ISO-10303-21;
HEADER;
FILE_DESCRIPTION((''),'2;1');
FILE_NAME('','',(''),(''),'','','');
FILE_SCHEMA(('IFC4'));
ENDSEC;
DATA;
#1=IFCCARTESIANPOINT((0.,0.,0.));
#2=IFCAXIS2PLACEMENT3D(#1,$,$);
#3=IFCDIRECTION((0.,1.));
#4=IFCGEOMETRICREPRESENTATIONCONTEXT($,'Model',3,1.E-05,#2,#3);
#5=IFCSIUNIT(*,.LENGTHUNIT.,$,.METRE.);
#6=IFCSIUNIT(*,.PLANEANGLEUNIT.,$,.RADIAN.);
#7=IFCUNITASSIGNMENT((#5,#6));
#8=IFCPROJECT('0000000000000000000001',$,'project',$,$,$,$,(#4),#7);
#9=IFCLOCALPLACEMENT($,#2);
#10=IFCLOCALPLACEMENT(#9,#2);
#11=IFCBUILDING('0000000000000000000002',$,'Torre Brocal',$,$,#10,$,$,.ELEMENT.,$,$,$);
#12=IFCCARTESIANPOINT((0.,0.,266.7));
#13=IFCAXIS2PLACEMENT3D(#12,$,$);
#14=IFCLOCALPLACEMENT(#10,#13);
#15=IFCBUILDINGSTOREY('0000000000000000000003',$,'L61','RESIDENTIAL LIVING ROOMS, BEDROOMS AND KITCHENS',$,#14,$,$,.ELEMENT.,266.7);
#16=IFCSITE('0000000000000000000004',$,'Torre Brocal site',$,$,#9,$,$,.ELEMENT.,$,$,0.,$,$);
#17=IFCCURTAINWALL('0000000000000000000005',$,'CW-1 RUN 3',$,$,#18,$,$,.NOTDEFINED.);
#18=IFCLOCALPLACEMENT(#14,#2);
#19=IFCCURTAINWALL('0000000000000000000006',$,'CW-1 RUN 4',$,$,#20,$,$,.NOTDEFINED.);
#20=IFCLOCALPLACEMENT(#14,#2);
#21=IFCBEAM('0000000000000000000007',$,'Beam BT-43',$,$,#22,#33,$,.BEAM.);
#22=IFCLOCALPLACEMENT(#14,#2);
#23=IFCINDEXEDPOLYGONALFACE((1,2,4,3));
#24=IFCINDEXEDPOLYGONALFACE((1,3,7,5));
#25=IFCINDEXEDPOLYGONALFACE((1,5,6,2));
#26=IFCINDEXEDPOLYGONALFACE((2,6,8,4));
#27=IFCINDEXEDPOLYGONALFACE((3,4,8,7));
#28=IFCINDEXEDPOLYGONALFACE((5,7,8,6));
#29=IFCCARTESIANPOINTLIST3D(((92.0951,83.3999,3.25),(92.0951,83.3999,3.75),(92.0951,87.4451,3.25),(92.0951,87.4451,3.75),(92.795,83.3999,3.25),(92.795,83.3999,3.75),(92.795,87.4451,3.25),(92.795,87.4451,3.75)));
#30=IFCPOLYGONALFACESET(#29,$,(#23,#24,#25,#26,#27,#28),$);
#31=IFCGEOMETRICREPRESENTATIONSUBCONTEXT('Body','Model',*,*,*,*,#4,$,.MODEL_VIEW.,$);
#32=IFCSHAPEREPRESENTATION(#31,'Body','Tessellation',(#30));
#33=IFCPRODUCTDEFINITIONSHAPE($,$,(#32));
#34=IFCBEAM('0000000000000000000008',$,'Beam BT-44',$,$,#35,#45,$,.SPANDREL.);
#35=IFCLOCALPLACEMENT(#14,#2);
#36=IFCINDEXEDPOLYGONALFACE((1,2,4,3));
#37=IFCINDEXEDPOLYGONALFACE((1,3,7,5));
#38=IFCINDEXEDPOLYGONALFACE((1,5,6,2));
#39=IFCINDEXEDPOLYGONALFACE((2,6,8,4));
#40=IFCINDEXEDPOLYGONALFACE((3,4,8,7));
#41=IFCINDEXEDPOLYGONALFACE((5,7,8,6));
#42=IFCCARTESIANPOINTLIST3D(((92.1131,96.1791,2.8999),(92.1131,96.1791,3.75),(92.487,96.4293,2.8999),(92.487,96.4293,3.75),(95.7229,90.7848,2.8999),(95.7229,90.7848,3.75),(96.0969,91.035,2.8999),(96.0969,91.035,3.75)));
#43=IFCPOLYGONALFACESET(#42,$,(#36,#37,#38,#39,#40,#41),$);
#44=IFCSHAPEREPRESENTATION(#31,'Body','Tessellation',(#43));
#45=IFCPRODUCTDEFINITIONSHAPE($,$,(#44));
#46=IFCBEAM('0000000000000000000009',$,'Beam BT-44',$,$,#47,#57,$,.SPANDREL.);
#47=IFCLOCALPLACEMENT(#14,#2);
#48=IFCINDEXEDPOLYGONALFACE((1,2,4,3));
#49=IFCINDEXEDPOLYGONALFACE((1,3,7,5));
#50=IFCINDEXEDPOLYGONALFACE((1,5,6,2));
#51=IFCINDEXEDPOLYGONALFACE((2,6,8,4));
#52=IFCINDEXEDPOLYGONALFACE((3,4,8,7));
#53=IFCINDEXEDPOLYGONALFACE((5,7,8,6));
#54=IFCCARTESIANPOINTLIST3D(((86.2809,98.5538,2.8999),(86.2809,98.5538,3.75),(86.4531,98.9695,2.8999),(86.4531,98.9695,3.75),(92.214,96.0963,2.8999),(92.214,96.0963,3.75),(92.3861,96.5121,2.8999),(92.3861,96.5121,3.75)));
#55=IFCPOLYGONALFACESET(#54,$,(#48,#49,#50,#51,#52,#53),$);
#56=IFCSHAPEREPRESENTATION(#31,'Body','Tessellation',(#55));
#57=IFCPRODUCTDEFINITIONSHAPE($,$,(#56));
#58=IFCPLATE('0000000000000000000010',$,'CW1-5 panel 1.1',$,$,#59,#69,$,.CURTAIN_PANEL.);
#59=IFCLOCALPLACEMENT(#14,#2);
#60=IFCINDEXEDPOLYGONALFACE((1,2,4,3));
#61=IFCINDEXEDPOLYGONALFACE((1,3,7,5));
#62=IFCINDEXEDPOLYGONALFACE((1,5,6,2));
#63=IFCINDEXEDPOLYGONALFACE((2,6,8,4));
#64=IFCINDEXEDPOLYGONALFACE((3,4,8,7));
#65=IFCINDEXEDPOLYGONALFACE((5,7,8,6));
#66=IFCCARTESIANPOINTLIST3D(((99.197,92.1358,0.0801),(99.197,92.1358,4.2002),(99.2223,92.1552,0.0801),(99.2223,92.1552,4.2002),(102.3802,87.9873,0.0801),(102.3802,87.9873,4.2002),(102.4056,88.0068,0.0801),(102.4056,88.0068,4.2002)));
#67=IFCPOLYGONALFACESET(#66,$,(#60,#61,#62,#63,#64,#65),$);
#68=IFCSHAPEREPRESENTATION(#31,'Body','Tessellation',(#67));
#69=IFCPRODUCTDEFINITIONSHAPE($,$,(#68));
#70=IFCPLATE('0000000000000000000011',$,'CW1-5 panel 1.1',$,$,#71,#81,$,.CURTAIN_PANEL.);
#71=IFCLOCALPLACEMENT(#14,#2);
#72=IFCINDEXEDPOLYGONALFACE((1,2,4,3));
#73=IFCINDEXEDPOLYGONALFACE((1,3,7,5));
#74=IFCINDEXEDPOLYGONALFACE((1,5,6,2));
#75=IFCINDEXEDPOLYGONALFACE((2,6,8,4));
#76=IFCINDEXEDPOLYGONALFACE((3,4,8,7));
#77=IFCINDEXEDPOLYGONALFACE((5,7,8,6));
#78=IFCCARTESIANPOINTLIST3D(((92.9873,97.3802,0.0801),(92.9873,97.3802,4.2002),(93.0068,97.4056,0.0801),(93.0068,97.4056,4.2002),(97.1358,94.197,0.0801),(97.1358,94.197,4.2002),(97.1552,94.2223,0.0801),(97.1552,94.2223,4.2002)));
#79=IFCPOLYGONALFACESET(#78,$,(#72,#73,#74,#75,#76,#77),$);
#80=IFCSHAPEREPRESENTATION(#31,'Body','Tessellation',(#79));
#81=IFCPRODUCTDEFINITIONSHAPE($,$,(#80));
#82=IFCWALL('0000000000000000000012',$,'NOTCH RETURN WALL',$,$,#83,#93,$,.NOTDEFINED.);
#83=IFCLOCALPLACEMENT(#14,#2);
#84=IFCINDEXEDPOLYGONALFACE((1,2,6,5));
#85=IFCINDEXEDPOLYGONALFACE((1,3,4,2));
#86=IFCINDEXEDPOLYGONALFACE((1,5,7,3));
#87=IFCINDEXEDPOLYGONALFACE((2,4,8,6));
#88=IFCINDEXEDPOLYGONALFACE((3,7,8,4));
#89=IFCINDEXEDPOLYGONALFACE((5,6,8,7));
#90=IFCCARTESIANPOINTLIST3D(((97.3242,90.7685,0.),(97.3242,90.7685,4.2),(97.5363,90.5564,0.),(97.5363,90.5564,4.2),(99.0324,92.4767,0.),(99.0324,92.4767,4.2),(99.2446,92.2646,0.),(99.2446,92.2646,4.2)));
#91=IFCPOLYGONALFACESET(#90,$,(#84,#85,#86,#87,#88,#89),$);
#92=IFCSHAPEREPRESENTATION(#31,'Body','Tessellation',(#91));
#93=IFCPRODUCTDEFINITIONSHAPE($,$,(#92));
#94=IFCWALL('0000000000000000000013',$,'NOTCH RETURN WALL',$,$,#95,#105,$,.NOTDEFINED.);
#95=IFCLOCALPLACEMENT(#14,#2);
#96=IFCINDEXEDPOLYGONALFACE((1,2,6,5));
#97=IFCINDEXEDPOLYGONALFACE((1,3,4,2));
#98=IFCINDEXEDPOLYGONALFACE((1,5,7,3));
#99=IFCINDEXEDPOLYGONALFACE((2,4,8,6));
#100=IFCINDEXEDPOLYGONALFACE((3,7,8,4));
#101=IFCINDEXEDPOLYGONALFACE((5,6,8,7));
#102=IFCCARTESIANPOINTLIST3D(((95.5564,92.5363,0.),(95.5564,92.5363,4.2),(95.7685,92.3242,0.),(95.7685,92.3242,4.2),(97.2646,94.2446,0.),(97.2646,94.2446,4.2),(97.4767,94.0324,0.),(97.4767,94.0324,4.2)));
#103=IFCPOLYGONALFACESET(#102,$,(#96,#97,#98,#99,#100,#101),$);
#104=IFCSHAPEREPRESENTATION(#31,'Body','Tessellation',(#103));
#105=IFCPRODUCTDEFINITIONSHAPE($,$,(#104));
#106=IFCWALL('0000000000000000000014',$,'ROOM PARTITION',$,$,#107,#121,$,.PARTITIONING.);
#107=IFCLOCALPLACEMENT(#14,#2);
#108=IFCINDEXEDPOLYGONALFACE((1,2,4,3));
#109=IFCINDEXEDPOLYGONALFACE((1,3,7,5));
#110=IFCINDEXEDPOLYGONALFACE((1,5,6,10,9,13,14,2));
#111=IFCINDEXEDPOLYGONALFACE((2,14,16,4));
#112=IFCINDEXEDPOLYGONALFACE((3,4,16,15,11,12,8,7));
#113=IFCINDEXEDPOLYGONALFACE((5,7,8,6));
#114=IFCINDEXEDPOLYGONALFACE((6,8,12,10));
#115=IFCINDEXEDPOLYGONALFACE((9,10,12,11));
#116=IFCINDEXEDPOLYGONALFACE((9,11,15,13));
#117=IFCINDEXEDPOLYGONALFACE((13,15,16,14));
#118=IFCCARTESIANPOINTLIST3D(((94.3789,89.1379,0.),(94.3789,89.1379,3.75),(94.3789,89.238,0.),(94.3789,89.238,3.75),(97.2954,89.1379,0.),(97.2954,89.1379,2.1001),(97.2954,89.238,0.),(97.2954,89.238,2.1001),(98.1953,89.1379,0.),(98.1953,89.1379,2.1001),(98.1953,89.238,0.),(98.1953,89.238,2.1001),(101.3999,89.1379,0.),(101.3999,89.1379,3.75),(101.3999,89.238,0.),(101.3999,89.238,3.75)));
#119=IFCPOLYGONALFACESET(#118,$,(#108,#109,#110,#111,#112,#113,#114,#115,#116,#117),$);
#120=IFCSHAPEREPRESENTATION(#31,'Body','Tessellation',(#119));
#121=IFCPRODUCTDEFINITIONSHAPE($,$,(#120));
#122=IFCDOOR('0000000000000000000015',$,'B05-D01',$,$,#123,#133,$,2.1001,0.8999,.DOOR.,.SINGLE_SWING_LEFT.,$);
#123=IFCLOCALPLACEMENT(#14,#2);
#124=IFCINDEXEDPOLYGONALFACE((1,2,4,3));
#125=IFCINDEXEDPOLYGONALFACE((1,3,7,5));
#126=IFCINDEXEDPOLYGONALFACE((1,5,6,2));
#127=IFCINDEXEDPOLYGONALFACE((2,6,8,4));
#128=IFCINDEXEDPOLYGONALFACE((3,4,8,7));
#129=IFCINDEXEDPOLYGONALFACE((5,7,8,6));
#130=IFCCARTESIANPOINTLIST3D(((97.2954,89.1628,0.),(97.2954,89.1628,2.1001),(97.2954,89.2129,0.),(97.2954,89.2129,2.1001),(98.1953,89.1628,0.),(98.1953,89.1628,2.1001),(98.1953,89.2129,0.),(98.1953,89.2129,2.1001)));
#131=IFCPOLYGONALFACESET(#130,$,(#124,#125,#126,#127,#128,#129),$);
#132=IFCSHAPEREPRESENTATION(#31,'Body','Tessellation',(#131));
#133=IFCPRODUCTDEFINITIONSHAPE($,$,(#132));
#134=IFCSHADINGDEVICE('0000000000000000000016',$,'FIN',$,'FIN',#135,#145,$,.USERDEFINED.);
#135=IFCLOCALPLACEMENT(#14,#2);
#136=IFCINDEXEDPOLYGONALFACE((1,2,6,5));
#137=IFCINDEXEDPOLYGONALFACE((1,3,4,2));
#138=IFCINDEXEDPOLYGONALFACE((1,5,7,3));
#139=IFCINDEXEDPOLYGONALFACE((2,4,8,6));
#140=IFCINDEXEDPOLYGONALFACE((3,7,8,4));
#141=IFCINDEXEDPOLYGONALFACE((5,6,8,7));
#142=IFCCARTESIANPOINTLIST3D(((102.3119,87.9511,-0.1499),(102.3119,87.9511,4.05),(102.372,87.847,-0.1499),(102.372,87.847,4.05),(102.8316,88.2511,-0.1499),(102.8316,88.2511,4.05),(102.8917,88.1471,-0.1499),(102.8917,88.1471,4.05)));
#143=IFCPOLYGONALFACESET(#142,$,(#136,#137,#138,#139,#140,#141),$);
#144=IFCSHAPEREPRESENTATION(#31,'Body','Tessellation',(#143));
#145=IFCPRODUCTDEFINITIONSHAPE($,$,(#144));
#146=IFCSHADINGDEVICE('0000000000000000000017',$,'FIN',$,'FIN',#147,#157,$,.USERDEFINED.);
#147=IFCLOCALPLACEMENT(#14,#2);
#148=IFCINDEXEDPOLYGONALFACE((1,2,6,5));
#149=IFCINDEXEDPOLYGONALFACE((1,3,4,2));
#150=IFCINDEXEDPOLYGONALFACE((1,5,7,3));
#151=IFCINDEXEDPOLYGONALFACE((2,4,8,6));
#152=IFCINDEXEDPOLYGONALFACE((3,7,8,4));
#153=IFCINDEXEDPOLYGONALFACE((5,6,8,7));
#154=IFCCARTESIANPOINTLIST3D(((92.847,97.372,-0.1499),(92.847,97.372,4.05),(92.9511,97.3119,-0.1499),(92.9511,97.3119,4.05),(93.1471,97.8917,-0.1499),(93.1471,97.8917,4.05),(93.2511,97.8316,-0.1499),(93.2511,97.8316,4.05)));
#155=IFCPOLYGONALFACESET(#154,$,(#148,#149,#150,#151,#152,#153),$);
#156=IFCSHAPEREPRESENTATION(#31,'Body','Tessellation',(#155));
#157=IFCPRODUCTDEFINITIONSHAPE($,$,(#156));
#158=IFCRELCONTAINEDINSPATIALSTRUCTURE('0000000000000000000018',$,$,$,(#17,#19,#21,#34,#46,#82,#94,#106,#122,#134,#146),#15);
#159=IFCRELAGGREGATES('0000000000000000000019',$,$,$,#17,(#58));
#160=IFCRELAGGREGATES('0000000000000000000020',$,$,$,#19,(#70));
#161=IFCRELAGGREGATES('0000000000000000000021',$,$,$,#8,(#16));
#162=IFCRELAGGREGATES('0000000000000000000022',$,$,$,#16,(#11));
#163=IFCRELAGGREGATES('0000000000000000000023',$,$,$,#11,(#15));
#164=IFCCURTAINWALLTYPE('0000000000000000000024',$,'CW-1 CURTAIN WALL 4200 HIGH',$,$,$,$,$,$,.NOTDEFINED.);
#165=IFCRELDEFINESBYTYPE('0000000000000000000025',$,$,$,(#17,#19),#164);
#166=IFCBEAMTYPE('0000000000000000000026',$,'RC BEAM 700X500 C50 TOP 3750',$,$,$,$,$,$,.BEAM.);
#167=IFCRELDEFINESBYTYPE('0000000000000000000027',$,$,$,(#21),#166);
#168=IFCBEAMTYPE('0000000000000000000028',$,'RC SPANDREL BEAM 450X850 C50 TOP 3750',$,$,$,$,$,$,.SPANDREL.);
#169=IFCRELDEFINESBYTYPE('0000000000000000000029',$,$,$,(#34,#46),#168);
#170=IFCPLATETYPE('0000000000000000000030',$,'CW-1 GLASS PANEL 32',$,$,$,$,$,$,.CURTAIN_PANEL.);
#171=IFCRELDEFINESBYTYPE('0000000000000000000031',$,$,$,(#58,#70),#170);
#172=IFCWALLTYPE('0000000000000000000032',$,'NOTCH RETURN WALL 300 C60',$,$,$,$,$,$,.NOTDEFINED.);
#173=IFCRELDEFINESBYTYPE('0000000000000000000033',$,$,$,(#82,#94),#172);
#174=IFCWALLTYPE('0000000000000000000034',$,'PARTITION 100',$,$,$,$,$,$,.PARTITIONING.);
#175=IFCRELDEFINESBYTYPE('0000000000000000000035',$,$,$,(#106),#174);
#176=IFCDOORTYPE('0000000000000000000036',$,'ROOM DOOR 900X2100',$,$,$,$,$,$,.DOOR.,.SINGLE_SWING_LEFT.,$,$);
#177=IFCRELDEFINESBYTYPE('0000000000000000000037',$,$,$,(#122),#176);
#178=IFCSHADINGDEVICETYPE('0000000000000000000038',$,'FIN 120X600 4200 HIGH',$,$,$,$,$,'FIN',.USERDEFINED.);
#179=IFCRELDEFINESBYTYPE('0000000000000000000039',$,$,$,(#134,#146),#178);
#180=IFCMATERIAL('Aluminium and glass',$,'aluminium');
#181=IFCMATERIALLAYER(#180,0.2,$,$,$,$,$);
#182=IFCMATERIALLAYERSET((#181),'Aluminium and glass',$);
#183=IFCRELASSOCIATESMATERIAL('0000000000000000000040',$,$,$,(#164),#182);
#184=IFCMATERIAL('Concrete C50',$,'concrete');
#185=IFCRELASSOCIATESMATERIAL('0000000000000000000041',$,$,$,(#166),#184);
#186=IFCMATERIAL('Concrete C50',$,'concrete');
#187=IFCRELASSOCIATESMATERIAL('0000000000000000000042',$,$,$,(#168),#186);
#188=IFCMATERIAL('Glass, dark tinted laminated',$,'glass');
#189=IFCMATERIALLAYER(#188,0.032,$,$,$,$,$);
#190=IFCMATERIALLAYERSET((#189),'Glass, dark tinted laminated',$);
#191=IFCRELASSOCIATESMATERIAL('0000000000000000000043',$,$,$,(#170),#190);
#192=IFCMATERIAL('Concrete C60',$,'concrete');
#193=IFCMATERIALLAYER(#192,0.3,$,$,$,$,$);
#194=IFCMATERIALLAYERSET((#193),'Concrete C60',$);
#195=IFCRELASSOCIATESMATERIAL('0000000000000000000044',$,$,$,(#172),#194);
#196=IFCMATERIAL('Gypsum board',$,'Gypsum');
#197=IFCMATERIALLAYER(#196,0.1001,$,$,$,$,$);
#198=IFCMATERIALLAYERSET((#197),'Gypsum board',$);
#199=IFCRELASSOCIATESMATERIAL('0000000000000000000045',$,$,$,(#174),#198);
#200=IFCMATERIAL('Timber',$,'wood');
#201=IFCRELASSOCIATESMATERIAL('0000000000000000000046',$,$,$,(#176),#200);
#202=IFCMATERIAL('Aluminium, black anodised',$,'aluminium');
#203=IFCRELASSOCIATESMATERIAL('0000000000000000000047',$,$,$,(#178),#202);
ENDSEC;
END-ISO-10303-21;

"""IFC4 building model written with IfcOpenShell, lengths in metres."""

from ifc_helpers import new_model, si_unit, direction, frame, frame_2d, origin, origin_2d, place, context, subcontext, project, spatial, rectangle, extrude, material, layer, layer_set, material_profile, profile_set, type_object, element, fill, aggregate, save


model = new_model("IFC4")

# Units and contexts
model_context = context("Model", 3, precision=1e-05, world=origin(), true_north=direction((0.0, 1.0)))
body_context = subcontext(model_context, "Body", "Model", "MODEL_VIEW")
ifc_project = project(units=[si_unit("LENGTHUNIT", "METRE"), si_unit("PLANEANGLEUNIT", "RADIAN")], contexts=[model_context])

# Site, building, storey
site_placement = place(None, origin())
site = spatial("IfcSite", under=ifc_project, at=site_placement, Name="Torre Brocal site", CompositionType="ELEMENT", RefElevation=0.0)
building_placement = place(site_placement, origin())
building = spatial("IfcBuilding", under=site, at=building_placement, Name="Torre Brocal", CompositionType="ELEMENT")
storey_placement = place(building_placement, frame((0.0, 0.0, 266.7)))
storey = spatial("IfcBuildingStorey", under=building, at=storey_placement, Name="L61", Description="RESIDENTIAL LIVING ROOMS, BEDROOMS AND KITCHENS", CompositionType="ELEMENT", Elevation=266.7)

# Shared definitions
ifc_material_1 = material(Name="Aluminium and glass", Category="aluminium")
ifc_layer_1 = layer(ifc_material_1, 0.2)
ifc_layer_set_1 = layer_set([ifc_layer_1], Name="Aluminium and glass")
curtain_wall_type = type_object("IfcCurtainWallType", Name="CW-1 CURTAIN WALL 4200 HIGH", PredefinedType="NOTDEFINED", material=ifc_layer_set_1)

# Curtain walls
curtain_wall_1_placement = place(storey_placement, origin())
curtain_wall_1 = element("IfcCurtainWall", 1, at=curtain_wall_1_placement, inside=storey, type_object=curtain_wall_type, Name="CW-1 RUN 3", PredefinedType="NOTDEFINED")
curtain_wall_2_placement = place(storey_placement, origin())
curtain_wall_2 = element("IfcCurtainWall", 2, at=curtain_wall_2_placement, inside=storey, type_object=curtain_wall_type, Name="CW-1 RUN 4", PredefinedType="NOTDEFINED")

# Beams
ifc_material_2 = material(Name="Concrete C50", Category="concrete")
ifc_material_profile_1 = material_profile(ifc_material_2, rectangle(XDim=0.7, YDim=0.5, at=origin_2d()), Name="RC 700X500")
ifc_profile_set_1 = profile_set([ifc_material_profile_1], Name="Concrete C50")
beam_type_1 = type_object("IfcBeamType", Name="RC BEAM 700X500 C50 TOP 3750", PredefinedType="BEAM", material=ifc_profile_set_1)
beam_1_placement = place(storey_placement, frame((92.4451, 87.4451, 3.5), z_axis=(0.0, -1.0, 0.0), x_axis=(1.0, 0.0, 0.0)))
element("IfcBeam", 3, at=beam_1_placement, inside=storey, type_object=beam_type_1, Name="Beam BT-43", PredefinedType="BEAM", context=body_context, shape_type="SweptSolid", body=[
    extrude(rectangle(XDim=0.7, YDim=0.5, at=origin_2d()), origin(), (0.0, 0.0, 1.0), 4.0452),
])
ifc_material_3 = material(Name="Concrete C50", Category="concrete")
ifc_material_profile_2 = material_profile(ifc_material_3, rectangle(XDim=0.45, YDim=0.8501, at=origin_2d()), Name="RC 450X850")
ifc_profile_set_2 = profile_set([ifc_material_profile_2], Name="Concrete C50")
beam_type_2 = type_object("IfcBeamType", Name="RC SPANDREL BEAM 450X850 C50 TOP 3750", PredefinedType="SPANDREL", material=ifc_profile_set_2)
beam_2_placement = place(storey_placement, frame((95.9099, 90.9099, 3.325), z_axis=(-0.556158, 0.831077, 0.0), x_axis=(-0.831077, -0.556158, 0.0)))
element("IfcBeam", 4, at=beam_2_placement, inside=storey, type_object=beam_type_2, Name="Beam BT-44", PredefinedType="SPANDREL", context=body_context, shape_type="SweptSolid", body=[
    extrude(rectangle(XDim=0.45, YDim=0.8501, at=origin_2d()), origin(), (0.0, 0.0, 1.0), 6.4907),
])
beam_3_placement = place(storey_placement, frame((92.3, 96.3042, 3.325), z_axis=(-0.923882, 0.382676, 0.0), x_axis=(-0.382676, -0.923882, 0.0)))
element("IfcBeam", 5, at=beam_3_placement, inside=storey, type_object=beam_type_2, Name="Beam BT-44", PredefinedType="SPANDREL", context=body_context, shape_type="SweptSolid", body=[
    extrude(rectangle(XDim=0.45, YDim=0.8501, at=origin_2d()), origin(), (0.0, 0.0, 1.0), 6.4219),
])

# Plates
ifc_material_4 = material(Name="Glass, dark tinted laminated", Category="glass")
ifc_layer_2 = layer(ifc_material_4, 0.032)
ifc_layer_set_2 = layer_set([ifc_layer_2], Name="Glass, dark tinted laminated")
plate_type = type_object("IfcPlateType", Name="CW-1 GLASS PANEL 32", PredefinedType="CURTAIN_PANEL", material=ifc_layer_set_2)
plate_1_placement = place(storey_placement, frame((100.8013, 90.0713, 0.0801), z_axis=(0.0, 0.0, 1.0), x_axis=(-0.608761, 0.793353, 0.0)))
plate_1 = element("IfcPlate", 6, at=plate_1_placement, type_object=plate_type, Name="CW1-5 panel 1.1", PredefinedType="CURTAIN_PANEL", context=body_context, shape_type="SweptSolid", body=[
    extrude(rectangle(XDim=5.229, YDim=0.032, at=origin_2d()), origin(), (0.0, 0.0, 1.0), 4.1201),
])
aggregate(curtain_wall_1, [plate_1])
plate_2_placement = place(storey_placement, frame((95.0713, 95.8013, 0.0801), z_axis=(0.0, 0.0, 1.0), x_axis=(-0.793353, 0.608761, 0.0)))
plate_2 = element("IfcPlate", 7, at=plate_2_placement, type_object=plate_type, Name="CW1-5 panel 1.1", PredefinedType="CURTAIN_PANEL", context=body_context, shape_type="SweptSolid", body=[
    extrude(rectangle(XDim=5.229, YDim=0.032, at=origin_2d()), origin(), (0.0, 0.0, 1.0), 4.1201),
])
aggregate(curtain_wall_2, [plate_2])

# Walls
ifc_material_5 = material(Name="Concrete C60", Category="concrete")
ifc_layer_3 = layer(ifc_material_5, 0.3)
ifc_layer_set_3 = layer_set([ifc_layer_3], Name="Concrete C60")
wall_type_1 = type_object("IfcWallType", Name="NOTCH RETURN WALL 300 C60", PredefinedType="NOTDEFINED", material=ifc_layer_set_3)
for number, where, z_axis, x_axis, name in (
    (8, (97.4302, 90.6624, 0.0), (0.0, 0.0, 1.0), (0.707107, 0.707107, 0.0), "NOTCH RETURN WALL"),
    (9, (95.6624, 92.4302, 0.0), (0.0, 0.0, 1.0), (0.707107, 0.707107, 0.0), "NOTCH RETURN WALL"),
):
    element("IfcWall", number, at=place(storey_placement, frame(where, z_axis=z_axis, x_axis=x_axis)), inside=storey, type_object=wall_type_1, Name=name, PredefinedType="NOTDEFINED", context=body_context, shape_type="SweptSolid", body=[
        extrude(rectangle(XDim=2.4158, YDim=0.3, at=frame_2d((1.208, 0.0))), origin(), (0.0, 0.0, 1.0), 4.2),
    ])

# Wall, opening, door
ifc_material_6 = material(Name="Gypsum board", Category="Gypsum")
ifc_layer_4 = layer(ifc_material_6, 0.1001)
ifc_layer_set_4 = layer_set([ifc_layer_4], Name="Gypsum board")
wall_type_2 = type_object("IfcWallType", Name="PARTITION 100", PredefinedType="PARTITIONING", material=ifc_layer_set_4)
wall_placement = place(storey_placement, frame((94.3789, 89.188, 0.0), z_axis=(0.0, 0.0, 1.0), x_axis=(1.0, 0.0, 0.0)))
wall = element("IfcWall", 10, at=wall_placement, inside=storey, type_object=wall_type_2, Name="ROOM PARTITION", PredefinedType="PARTITIONING", context=body_context, shape_type="SweptSolid", body=[
    extrude(rectangle(XDim=7.021, YDim=0.1001, at=frame_2d((3.5105, 0.0))), origin(), (0.0, 0.0, 1.0), 3.75),
])
opening_placement = place(wall_placement, frame((2.9165, 0.0, 0.0)))
opening = element("IfcOpeningElement", 11, at=opening_placement, cuts=wall, PredefinedType="OPENING", context=body_context, shape_type="SweptSolid", body=[
    extrude(rectangle(XDim=0.8999, YDim=2.1001, at=frame_2d((0.45, 1.05))), frame((0.0, 0.0601, 0.0), z_axis=(0.0, -1.0, 0.0), x_axis=(1.0, 0.0, 0.0)), (0.0, 0.0, 1.0), 0.1201),
])
ifc_material_7 = material(Name="Timber", Category="wood")
door_type = type_object("IfcDoorType", Name="ROOM DOOR 900X2100", OperationType="SINGLE_SWING_LEFT", PredefinedType="DOOR", material=ifc_material_7)
door_placement = place(opening_placement, origin())
door = element("IfcDoor", 12, at=door_placement, inside=storey, type_object=door_type, Name="B05-D01", OperationType="SINGLE_SWING_LEFT", OverallHeight=2.1001, OverallWidth=0.8999, PredefinedType="DOOR", context=body_context, shape_type="SweptSolid", body=[
    extrude(rectangle(XDim=0.8999, YDim=2.1001, at=frame_2d((0.45, 1.05))), frame((0.0, 0.0249, 0.0), z_axis=(0.0, -1.0, 0.0), x_axis=(1.0, 0.0, 0.0)), (0.0, 0.0, 1.0), 0.05),
])
fill(opening, door)

# Shading devices
ifc_material_8 = material(Name="Aluminium, black anodised", Category="aluminium")
ifc_material_profile_3 = material_profile(ifc_material_8, rectangle(XDim=0.1201, YDim=0.6001, at=origin_2d()), Name="FIN 120X600 4200 HIGH")
ifc_profile_set_3 = profile_set([ifc_material_profile_3], Name="Aluminium, black anodised")
shading_device_type = type_object("IfcShadingDeviceType", Name="FIN 120X600 4200 HIGH", ElementType="FIN", PredefinedType="USERDEFINED", material=ifc_profile_set_3)
for number, where, z_axis, x_axis, name in (
    (13, (102.6018, 88.0491, -0.1499), (0.0, 0.0, 1.0), (-0.5, 0.866025, 0.0), "FIN"),
    (14, (93.0491, 97.6018, -0.1499), (0.0, 0.0, 1.0), (-0.866025, 0.5, 0.0), "FIN"),
):
    element("IfcShadingDevice", number, at=place(storey_placement, frame(where, z_axis=z_axis, x_axis=x_axis)), inside=storey, type_object=shading_device_type, Name=name, ObjectType="FIN", PredefinedType="USERDEFINED", context=body_context, shape_type="SweptSolid", body=[
        extrude(rectangle(XDim=0.1201, YDim=0.6001, at=origin_2d()), origin(), (0.0, 0.0, 1.0), 4.2),
    ])

save(model, "model.ifc")
